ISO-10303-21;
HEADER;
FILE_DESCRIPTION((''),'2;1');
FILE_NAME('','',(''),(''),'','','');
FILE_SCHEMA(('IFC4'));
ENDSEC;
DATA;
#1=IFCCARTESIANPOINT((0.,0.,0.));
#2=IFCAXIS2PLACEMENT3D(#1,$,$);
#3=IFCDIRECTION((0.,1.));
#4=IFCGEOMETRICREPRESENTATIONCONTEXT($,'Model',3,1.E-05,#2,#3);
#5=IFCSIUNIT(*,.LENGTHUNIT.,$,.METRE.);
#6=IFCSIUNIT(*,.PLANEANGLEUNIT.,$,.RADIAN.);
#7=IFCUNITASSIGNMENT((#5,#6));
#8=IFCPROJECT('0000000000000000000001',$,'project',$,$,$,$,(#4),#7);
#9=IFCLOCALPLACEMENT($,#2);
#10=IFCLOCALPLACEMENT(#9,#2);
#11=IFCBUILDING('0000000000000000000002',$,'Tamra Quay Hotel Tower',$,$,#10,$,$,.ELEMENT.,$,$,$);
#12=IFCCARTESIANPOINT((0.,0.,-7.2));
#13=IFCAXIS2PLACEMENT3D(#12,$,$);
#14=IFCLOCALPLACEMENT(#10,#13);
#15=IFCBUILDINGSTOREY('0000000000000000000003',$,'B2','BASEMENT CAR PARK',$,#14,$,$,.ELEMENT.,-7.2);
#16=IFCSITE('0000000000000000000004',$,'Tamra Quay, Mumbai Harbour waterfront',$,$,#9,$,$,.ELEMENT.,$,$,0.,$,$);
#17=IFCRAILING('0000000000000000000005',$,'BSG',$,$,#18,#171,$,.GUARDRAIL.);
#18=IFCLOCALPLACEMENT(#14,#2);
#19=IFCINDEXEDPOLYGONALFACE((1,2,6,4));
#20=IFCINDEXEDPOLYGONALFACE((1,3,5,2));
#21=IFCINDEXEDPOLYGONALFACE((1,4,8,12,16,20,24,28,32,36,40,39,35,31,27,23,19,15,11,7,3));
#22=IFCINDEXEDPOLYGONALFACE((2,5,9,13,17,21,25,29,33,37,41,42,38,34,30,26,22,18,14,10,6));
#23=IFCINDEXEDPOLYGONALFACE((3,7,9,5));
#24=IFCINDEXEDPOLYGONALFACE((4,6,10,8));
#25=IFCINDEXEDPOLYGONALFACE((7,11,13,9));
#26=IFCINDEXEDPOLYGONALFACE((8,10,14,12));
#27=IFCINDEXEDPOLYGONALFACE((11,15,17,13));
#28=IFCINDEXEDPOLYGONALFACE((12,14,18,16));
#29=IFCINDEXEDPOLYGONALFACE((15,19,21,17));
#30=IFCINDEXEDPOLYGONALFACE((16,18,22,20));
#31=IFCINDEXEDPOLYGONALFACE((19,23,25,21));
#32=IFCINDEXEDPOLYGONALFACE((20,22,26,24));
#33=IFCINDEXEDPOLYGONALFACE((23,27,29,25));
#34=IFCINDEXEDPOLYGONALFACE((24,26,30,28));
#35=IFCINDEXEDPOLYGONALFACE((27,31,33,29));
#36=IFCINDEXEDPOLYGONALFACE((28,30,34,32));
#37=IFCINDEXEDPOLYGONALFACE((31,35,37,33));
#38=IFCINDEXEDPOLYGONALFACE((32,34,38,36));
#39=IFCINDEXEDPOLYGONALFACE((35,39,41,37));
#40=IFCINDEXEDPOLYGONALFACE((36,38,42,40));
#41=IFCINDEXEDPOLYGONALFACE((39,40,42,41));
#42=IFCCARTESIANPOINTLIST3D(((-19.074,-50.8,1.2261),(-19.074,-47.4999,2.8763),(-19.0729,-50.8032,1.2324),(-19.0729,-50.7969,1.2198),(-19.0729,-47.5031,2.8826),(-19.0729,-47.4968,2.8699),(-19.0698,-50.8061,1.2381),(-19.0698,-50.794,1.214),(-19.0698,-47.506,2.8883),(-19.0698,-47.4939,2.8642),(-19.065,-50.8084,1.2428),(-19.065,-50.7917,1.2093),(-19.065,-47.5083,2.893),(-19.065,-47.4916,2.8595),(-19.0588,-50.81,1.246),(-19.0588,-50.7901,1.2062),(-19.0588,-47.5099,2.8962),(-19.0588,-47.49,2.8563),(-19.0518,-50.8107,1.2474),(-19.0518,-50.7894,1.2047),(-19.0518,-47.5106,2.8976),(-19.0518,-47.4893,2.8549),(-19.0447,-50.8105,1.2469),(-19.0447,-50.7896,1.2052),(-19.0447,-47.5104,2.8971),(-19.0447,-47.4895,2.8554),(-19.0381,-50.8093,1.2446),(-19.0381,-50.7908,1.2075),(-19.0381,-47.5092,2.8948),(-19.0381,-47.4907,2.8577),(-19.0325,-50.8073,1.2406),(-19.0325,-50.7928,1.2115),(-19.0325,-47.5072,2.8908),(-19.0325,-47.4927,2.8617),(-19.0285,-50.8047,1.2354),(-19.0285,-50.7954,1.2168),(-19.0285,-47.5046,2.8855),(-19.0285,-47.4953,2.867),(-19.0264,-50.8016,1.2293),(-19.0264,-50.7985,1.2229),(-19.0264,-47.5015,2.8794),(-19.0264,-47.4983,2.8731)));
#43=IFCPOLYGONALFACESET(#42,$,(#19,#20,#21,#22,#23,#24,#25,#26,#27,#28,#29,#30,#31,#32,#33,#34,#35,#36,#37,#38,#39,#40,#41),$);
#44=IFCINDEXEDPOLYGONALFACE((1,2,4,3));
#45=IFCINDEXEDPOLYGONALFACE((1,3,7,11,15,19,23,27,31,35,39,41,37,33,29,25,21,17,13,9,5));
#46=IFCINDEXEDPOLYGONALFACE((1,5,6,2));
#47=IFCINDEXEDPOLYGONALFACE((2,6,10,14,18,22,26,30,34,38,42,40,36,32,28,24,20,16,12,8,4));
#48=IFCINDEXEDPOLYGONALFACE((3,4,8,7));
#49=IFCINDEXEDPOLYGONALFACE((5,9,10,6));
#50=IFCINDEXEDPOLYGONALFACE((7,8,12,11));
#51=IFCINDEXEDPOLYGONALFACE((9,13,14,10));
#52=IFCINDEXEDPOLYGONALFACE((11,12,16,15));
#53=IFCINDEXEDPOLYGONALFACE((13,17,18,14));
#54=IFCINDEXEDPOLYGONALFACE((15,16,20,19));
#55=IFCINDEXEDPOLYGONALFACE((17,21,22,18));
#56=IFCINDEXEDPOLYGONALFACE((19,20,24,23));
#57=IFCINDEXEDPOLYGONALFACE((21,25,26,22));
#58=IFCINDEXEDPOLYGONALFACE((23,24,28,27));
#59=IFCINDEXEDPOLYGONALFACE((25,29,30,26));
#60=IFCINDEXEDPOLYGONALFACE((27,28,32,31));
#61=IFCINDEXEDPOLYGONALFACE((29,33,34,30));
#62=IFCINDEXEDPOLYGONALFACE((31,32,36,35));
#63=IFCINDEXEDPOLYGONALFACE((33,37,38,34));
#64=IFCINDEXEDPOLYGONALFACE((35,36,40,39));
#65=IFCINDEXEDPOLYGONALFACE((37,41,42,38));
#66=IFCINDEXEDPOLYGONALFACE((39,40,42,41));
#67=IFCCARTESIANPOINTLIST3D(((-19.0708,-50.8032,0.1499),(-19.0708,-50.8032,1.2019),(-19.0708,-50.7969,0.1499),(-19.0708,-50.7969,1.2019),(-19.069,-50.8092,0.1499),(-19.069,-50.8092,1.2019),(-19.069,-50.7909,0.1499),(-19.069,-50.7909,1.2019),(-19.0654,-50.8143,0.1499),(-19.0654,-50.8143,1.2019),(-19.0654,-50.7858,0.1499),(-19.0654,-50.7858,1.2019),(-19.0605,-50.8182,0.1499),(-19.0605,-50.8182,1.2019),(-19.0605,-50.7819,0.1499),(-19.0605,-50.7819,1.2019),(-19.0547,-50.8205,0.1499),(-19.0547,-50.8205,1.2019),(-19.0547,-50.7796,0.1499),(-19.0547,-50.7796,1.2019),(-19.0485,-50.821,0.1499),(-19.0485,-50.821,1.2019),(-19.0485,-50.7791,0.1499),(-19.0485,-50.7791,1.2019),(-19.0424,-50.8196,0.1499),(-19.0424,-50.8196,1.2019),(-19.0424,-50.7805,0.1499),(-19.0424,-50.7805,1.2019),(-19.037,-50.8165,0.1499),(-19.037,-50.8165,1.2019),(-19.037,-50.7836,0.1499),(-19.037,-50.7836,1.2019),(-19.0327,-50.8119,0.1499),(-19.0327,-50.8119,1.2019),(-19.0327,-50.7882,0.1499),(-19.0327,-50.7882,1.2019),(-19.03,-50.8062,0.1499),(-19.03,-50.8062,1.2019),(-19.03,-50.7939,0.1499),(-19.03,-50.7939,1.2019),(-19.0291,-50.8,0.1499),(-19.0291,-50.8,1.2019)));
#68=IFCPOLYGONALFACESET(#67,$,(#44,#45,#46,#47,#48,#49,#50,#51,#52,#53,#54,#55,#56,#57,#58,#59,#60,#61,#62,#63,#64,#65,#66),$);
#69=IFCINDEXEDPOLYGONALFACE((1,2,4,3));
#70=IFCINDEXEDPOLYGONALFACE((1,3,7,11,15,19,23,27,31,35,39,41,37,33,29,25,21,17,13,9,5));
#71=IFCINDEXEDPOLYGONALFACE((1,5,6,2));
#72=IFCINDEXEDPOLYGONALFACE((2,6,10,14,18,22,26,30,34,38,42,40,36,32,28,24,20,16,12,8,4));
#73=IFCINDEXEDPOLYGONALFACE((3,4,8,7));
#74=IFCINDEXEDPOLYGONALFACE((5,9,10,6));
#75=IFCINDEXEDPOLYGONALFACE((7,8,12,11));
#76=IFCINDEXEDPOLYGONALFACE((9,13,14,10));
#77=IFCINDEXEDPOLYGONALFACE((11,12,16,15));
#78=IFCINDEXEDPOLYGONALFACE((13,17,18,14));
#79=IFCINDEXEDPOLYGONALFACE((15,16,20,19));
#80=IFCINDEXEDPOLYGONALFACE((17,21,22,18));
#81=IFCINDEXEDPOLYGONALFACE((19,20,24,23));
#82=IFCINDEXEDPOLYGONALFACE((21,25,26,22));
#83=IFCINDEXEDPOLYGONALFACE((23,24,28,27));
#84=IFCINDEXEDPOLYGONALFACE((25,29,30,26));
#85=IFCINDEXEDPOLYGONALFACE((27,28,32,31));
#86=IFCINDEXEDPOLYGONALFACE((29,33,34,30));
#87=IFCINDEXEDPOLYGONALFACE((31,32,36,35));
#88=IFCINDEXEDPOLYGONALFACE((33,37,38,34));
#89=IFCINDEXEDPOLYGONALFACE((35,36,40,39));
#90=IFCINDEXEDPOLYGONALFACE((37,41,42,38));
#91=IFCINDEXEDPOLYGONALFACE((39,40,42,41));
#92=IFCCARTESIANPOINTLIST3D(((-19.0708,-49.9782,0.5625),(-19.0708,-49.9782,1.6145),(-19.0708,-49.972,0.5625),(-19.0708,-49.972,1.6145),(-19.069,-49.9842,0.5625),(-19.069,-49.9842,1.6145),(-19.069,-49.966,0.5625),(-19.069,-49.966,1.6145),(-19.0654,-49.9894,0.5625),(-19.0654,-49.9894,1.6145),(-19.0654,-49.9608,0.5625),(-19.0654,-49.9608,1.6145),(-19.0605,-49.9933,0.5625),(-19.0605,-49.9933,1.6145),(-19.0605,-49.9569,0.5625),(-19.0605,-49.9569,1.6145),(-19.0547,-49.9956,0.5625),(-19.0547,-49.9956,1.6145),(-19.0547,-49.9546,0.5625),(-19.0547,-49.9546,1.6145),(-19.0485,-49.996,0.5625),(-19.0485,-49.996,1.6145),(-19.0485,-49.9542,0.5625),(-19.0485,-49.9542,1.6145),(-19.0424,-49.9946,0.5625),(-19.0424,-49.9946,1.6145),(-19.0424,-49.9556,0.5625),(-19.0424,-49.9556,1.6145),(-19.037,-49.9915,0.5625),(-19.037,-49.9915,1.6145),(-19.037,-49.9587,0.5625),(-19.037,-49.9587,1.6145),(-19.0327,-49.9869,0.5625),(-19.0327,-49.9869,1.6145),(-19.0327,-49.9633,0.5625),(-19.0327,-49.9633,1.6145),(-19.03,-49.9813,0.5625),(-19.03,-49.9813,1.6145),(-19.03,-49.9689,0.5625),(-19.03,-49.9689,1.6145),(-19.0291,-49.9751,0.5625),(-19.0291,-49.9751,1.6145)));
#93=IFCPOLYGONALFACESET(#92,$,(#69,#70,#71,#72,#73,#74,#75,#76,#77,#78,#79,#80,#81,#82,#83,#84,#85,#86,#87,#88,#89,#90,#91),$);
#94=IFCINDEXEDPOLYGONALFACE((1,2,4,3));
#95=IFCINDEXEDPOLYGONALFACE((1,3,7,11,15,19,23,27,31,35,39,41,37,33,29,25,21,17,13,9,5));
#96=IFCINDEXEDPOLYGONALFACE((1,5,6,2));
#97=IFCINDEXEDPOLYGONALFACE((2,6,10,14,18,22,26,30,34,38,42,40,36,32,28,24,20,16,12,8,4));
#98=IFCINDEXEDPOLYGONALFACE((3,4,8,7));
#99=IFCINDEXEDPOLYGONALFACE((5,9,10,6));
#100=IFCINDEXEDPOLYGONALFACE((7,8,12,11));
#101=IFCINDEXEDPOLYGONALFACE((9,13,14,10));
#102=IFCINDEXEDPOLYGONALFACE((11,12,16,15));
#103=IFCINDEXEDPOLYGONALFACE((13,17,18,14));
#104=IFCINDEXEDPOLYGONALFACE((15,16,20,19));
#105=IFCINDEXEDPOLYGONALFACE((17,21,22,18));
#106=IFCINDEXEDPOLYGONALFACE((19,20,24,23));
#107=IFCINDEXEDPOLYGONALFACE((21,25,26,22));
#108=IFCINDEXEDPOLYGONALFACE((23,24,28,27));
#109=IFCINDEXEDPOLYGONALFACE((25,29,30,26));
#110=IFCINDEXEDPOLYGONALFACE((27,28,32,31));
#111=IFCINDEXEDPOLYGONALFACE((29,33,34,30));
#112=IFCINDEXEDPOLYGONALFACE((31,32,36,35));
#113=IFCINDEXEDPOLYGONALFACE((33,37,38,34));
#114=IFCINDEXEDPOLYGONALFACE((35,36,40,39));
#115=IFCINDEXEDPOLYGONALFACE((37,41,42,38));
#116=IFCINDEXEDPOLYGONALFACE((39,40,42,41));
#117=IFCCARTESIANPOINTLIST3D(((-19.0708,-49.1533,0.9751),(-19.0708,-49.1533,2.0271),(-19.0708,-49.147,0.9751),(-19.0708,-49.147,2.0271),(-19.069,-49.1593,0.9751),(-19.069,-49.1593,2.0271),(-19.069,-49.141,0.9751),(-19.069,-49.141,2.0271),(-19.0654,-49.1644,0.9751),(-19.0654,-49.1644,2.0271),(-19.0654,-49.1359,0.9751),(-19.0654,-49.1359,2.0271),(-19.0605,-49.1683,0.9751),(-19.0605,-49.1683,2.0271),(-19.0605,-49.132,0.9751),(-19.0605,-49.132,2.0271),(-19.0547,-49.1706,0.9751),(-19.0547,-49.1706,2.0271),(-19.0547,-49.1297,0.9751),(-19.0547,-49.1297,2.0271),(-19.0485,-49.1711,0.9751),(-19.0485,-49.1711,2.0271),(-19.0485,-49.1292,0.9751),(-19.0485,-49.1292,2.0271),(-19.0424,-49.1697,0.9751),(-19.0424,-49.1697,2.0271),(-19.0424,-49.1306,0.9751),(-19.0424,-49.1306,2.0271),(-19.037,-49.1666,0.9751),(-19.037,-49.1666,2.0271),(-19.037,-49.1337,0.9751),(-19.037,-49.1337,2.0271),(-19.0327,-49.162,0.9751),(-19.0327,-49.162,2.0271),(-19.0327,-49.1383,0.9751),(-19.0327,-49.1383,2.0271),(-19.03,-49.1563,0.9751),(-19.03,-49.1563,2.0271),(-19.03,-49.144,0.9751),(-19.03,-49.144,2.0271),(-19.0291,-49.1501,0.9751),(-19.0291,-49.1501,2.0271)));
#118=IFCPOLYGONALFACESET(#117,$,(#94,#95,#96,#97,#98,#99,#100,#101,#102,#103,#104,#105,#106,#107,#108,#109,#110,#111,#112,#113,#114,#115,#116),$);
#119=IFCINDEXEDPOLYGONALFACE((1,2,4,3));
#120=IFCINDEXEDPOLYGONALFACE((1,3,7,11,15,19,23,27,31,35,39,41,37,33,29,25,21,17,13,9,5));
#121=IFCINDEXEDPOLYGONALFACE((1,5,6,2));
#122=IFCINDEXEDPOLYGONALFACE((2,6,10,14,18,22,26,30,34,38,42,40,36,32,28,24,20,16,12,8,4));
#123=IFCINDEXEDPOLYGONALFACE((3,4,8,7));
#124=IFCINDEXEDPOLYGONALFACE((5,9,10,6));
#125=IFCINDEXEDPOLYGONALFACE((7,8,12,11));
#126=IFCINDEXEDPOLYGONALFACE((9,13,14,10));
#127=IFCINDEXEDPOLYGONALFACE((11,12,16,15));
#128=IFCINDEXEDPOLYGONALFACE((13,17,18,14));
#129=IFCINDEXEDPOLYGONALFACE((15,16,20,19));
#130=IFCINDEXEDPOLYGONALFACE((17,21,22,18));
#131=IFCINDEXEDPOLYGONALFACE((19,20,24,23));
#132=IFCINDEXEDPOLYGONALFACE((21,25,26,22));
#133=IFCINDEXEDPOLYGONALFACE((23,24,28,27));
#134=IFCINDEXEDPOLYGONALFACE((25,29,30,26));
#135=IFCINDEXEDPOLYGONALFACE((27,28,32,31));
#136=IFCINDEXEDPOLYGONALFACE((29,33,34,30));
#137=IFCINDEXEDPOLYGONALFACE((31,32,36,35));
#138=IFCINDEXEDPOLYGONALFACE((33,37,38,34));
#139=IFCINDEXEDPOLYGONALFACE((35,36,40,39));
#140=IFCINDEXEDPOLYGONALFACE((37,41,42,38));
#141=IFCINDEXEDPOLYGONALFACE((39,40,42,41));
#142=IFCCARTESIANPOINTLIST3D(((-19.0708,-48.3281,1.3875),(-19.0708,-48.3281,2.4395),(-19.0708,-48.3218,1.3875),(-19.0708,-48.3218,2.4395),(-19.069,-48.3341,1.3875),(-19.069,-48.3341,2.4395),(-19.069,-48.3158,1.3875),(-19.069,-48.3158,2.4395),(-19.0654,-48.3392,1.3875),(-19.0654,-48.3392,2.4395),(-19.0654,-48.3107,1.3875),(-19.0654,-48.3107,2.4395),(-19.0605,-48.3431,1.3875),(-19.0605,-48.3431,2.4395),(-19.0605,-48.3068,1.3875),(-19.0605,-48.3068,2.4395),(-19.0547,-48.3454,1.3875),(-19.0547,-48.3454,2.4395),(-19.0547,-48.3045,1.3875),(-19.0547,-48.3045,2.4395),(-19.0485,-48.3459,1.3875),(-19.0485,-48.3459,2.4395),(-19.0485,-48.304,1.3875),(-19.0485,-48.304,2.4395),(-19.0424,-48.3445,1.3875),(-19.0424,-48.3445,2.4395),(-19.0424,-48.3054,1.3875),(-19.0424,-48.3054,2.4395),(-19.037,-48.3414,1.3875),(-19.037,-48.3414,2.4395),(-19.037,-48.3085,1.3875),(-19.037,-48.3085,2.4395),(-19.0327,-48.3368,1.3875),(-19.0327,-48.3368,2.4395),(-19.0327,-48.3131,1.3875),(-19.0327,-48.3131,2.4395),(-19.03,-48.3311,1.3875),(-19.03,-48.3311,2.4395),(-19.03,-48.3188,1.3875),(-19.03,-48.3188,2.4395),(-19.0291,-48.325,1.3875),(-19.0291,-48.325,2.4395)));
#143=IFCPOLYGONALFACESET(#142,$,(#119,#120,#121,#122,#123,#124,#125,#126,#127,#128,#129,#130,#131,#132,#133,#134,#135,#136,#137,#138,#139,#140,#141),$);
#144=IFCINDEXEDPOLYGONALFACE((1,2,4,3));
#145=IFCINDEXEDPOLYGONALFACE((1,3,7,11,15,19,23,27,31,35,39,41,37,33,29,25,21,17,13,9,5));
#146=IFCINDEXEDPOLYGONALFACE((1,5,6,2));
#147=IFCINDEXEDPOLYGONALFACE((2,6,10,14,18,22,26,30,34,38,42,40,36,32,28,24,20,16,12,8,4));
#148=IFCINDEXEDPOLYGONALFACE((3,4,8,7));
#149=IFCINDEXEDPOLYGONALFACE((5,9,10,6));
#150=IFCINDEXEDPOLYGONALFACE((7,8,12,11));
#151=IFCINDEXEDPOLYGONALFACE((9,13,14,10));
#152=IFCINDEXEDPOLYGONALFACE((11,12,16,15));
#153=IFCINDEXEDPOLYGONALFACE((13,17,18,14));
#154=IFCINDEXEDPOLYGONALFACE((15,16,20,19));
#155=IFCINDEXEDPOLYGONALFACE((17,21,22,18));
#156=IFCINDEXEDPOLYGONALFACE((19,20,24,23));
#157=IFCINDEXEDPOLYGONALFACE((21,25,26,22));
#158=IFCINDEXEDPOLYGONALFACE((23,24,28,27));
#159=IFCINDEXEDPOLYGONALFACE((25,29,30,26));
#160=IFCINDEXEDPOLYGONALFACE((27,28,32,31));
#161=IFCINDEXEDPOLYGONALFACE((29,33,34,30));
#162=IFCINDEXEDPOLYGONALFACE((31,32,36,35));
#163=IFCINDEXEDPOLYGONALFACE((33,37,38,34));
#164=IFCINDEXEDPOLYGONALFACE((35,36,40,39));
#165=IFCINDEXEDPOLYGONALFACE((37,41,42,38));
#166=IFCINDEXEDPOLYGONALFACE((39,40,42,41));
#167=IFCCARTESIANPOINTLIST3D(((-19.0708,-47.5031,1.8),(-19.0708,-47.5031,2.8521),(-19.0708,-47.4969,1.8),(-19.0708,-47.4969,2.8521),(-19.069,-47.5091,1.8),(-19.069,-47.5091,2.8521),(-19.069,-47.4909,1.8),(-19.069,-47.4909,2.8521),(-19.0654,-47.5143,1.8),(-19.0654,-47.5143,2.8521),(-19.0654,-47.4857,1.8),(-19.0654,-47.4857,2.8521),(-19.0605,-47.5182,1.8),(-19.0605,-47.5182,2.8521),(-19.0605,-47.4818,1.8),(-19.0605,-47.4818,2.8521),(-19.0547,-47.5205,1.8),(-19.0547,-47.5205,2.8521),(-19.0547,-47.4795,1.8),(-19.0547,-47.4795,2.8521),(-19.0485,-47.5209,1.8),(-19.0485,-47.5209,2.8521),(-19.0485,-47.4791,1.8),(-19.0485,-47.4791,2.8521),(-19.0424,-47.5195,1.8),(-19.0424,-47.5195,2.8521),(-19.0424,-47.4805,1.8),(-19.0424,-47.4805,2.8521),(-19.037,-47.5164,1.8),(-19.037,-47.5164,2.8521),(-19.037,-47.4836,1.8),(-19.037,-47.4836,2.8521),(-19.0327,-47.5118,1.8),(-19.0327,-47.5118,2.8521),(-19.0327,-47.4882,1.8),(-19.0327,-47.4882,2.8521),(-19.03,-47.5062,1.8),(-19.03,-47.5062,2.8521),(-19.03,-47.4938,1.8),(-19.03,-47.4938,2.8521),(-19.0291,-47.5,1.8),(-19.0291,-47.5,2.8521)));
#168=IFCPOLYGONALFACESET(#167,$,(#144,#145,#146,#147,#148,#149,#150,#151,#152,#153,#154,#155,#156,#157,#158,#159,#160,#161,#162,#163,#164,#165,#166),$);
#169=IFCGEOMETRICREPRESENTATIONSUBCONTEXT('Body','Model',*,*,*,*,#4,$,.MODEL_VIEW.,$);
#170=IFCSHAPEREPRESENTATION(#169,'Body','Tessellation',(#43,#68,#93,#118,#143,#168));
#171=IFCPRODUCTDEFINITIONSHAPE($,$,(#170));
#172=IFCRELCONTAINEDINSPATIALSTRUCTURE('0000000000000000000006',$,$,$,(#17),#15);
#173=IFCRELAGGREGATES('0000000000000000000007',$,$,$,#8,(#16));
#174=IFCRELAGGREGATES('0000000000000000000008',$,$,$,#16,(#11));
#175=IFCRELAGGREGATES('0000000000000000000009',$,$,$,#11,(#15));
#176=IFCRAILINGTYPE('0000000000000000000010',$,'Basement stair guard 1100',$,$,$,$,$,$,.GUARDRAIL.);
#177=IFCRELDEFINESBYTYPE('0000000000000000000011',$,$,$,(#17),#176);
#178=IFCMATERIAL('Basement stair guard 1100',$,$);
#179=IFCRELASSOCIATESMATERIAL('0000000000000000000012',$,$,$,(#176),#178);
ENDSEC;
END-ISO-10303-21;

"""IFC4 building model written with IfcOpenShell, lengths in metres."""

from ifc_helpers import new_model, si_unit, direction, frame, origin, origin_2d, place, context, subcontext, project, spatial, circle, extrude, material, type_object, element, save


model = new_model("IFC4")

# Units and contexts
model_context = context("Model", 3, precision=1e-05, world=origin(), true_north=direction((0.0, 1.0)))
body_context = subcontext(model_context, "Body", "Model", "MODEL_VIEW")
ifc_project = project(units=[si_unit("LENGTHUNIT", "METRE"), si_unit("PLANEANGLEUNIT", "RADIAN")], contexts=[model_context])

# Site, building, storey
site_placement = place(None, origin())
site = spatial("IfcSite", under=ifc_project, at=site_placement, Name="Tamra Quay, Mumbai Harbour waterfront", CompositionType="ELEMENT", RefElevation=0.0)
building_placement = place(site_placement, origin())
building = spatial("IfcBuilding", under=site, at=building_placement, Name="Tamra Quay Hotel Tower", CompositionType="ELEMENT")
storey_placement = place(building_placement, frame((0.0, 0.0, -7.2)))
storey = spatial("IfcBuildingStorey", under=building, at=storey_placement, Name="B2", Description="BASEMENT CAR PARK", CompositionType="ELEMENT", Elevation=-7.2)

# Railing
ifc_material_1 = material(Name="Basement stair guard 1100")
railing_type_1 = type_object("IfcRailingType", Name="Basement stair guard 1100", PredefinedType="GUARDRAIL", material=ifc_material_1)
railing_1_placement = place(storey_placement, frame((-19.05, -50.8, 0.1499)))
element("IfcRailing", 1, at=railing_1_placement, inside=storey, type_object=railing_type_1, Name="BSG", PredefinedType="GUARDRAIL", context=body_context, shape_type="SweptSolid", body=[
    extrude(circle(Radius=0.0239, at=origin_2d()), frame((0.0, 0.0, 1.0762), z_axis=(0.0, 0.894414, 0.44724), x_axis=(-1.0, 0.0, 0.0)), (0.0, 0.0, 1.0), 3.6897),
    extrude(circle(Radius=0.021, at=origin_2d()), origin(), (0.0, 0.0, 1.0), 1.052),
    extrude(circle(Radius=0.021, at=origin_2d()), frame((0.0, 0.825, 0.4126)), (0.0, 0.0, 1.0), 1.052),
    extrude(circle(Radius=0.021, at=origin_2d()), frame((0.0, 1.6499, 0.8252)), (0.0, 0.0, 1.0), 1.052),
    extrude(circle(Radius=0.021, at=origin_2d()), frame((0.0, 2.4751, 1.2375)), (0.0, 0.0, 1.0), 1.052),
    extrude(circle(Radius=0.021, at=origin_2d()), frame((0.0, 3.3, 1.6501)), (0.0, 0.0, 1.0), 1.052),
])

save(model, "model.ifc")
